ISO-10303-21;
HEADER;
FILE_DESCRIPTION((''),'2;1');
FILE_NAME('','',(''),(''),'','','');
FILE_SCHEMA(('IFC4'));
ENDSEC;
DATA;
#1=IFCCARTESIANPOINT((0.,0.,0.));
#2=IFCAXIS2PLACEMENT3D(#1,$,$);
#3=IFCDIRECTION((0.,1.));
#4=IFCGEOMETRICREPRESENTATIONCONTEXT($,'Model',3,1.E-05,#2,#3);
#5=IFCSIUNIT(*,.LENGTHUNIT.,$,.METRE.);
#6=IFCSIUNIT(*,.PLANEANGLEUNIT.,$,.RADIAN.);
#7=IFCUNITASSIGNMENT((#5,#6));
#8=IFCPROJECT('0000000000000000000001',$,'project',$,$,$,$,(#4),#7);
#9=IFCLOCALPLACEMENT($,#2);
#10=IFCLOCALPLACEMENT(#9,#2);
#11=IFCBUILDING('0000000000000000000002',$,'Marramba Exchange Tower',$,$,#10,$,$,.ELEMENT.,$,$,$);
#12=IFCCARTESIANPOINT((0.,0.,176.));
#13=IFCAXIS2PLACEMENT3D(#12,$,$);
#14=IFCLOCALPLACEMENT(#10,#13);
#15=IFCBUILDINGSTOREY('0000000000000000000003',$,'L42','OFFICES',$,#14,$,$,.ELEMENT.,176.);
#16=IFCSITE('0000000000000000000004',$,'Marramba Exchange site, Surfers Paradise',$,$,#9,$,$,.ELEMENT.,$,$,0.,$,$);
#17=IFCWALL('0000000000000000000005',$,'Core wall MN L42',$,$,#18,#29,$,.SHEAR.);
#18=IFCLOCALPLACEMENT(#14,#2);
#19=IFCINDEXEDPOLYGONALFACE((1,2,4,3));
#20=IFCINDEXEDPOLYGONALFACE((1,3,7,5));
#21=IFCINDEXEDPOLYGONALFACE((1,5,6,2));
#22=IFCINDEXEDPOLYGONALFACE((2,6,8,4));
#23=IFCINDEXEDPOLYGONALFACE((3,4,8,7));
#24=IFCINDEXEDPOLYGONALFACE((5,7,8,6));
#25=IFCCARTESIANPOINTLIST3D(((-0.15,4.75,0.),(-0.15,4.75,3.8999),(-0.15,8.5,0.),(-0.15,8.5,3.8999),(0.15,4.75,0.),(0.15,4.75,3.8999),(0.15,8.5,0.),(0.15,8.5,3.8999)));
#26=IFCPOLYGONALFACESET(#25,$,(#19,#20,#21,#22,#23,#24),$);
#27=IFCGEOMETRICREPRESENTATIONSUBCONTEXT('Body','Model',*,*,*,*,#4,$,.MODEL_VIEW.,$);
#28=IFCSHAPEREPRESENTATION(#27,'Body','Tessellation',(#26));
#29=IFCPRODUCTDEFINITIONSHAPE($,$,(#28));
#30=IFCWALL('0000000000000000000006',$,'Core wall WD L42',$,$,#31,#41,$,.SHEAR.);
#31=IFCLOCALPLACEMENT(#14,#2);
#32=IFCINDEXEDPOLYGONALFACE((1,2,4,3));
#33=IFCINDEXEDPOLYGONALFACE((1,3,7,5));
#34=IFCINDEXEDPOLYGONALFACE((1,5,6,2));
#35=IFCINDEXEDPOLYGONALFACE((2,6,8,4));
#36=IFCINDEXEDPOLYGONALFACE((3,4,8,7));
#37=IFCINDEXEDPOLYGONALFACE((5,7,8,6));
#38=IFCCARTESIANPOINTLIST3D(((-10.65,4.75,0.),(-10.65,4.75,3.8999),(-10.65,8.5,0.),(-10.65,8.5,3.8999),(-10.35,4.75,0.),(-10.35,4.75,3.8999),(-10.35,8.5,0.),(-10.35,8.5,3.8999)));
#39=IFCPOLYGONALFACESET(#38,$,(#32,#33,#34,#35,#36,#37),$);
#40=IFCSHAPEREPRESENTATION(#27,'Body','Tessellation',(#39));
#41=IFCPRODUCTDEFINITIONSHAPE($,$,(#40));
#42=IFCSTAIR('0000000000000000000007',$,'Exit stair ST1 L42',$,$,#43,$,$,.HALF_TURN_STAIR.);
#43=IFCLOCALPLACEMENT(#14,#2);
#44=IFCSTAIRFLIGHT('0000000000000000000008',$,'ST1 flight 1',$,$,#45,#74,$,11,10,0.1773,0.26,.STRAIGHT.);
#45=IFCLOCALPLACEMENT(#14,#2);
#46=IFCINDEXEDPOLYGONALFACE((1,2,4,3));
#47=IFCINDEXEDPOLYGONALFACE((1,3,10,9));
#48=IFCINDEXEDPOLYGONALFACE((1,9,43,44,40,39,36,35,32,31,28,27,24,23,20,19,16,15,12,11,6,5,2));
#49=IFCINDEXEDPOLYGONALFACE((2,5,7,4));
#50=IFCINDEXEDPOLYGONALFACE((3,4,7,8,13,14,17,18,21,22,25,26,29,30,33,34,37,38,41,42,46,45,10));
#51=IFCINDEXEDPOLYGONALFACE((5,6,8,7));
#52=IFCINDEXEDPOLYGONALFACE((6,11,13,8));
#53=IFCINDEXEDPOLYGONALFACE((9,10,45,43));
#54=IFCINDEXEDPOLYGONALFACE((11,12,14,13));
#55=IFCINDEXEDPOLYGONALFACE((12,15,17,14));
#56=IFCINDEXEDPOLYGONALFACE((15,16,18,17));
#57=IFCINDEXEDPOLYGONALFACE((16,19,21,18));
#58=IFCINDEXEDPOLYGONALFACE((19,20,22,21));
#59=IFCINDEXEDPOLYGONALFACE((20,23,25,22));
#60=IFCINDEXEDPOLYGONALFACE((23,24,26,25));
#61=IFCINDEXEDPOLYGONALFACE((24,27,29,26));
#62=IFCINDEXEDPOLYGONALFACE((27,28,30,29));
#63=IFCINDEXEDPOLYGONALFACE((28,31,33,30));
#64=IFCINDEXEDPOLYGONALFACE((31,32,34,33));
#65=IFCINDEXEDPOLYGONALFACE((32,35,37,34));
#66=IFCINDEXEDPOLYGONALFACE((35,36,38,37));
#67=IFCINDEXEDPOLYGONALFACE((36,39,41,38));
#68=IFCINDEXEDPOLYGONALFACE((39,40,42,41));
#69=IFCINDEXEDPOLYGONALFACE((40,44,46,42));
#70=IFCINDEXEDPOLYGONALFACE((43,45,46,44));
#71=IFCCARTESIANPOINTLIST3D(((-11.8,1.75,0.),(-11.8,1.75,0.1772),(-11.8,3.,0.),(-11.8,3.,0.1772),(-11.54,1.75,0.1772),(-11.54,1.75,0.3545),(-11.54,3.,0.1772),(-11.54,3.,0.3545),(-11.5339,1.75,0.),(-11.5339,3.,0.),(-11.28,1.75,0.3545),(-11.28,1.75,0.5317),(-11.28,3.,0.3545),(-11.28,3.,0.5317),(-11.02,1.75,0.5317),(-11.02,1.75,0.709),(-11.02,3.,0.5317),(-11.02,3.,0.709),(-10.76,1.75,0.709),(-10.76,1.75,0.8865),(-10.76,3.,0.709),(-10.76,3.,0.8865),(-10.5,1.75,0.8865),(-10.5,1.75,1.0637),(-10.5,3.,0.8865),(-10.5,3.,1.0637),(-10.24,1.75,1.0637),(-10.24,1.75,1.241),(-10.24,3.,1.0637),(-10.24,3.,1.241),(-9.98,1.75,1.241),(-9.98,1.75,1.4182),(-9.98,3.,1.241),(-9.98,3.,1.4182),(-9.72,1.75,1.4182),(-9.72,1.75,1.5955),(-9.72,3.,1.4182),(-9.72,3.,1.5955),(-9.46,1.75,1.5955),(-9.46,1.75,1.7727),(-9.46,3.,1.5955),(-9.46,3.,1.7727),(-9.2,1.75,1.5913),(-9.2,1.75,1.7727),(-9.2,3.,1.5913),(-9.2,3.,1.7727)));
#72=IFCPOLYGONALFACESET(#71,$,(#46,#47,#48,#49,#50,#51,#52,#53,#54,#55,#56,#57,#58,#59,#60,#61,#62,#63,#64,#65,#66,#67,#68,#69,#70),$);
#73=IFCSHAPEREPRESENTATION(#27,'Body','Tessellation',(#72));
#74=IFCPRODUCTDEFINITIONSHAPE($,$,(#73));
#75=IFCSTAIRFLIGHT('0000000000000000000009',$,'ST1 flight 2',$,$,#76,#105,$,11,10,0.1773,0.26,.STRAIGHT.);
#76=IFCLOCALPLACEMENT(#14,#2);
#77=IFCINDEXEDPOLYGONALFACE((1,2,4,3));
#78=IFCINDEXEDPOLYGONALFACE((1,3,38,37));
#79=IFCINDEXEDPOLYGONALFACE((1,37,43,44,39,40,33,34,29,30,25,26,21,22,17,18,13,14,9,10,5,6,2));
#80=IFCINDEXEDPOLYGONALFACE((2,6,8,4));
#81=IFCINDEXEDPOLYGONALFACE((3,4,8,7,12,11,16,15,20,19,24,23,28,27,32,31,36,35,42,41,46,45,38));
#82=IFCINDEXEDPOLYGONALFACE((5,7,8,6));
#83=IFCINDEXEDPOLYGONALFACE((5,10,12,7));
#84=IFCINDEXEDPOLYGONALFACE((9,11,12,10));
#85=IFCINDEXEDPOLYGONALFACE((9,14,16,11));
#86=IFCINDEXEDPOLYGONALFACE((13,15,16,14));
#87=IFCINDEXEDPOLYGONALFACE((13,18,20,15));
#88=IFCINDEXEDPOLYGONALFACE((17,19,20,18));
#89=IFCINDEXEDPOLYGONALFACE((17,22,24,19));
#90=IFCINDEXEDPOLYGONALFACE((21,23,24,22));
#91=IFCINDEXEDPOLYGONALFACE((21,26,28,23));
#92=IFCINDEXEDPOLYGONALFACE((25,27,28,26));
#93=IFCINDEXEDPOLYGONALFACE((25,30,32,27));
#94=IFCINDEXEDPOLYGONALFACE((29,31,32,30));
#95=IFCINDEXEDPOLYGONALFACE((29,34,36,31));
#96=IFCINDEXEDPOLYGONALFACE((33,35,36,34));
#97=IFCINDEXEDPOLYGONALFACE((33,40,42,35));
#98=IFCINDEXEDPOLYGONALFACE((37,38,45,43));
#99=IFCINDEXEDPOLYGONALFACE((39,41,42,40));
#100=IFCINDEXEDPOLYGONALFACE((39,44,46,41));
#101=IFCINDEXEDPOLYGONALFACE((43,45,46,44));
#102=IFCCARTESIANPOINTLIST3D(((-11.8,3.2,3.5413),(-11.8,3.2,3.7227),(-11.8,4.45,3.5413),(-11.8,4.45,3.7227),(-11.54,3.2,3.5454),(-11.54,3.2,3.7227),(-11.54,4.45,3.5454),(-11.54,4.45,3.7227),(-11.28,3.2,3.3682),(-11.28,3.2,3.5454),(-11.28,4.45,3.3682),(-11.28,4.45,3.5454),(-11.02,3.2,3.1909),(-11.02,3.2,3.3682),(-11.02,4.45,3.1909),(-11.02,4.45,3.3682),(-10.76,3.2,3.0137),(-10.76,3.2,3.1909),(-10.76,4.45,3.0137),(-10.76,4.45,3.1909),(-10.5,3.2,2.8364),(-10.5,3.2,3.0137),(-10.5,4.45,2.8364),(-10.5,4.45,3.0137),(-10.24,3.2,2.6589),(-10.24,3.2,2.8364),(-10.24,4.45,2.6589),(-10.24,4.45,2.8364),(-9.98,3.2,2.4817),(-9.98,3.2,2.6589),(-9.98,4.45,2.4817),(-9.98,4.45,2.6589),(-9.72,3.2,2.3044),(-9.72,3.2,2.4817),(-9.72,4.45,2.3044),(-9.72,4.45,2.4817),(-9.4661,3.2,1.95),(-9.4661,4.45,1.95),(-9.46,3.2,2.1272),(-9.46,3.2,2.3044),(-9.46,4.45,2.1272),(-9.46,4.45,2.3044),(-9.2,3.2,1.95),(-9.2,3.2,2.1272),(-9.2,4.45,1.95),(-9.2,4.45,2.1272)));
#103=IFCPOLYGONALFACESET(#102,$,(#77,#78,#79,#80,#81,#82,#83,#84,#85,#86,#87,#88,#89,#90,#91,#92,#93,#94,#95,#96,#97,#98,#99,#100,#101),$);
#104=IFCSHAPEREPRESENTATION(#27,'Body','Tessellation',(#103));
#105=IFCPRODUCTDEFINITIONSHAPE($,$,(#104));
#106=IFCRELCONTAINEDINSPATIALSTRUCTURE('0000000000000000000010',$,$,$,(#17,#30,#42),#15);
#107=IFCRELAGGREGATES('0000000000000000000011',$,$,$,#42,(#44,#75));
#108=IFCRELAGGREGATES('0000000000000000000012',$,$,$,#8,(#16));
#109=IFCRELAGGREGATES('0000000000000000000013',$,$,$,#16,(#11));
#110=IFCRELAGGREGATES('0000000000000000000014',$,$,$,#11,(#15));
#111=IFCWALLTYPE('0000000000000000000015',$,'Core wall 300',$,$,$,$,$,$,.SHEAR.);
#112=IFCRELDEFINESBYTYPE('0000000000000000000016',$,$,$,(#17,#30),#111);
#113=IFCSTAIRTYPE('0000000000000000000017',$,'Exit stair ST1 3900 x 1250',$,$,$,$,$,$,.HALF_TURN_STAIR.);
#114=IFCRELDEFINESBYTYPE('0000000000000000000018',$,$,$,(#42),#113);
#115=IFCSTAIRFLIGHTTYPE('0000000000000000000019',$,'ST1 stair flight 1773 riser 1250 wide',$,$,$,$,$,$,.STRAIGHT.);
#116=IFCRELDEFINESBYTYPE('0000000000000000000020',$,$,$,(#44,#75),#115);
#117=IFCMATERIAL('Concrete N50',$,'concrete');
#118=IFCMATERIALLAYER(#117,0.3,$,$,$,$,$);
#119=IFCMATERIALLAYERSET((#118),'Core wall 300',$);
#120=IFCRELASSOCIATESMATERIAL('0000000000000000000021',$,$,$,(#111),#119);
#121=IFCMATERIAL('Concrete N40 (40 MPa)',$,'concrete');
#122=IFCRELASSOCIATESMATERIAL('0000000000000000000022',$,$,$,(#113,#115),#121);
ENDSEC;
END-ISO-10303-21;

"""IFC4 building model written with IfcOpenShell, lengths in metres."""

from ifc_helpers import new_model, si_unit, direction, frame, frame_2d, origin, place, context, subcontext, project, spatial, polyline, rectangle, outline, extrude, material, layer, layer_set, type_object, element, aggregate, save


model = new_model("IFC4")

# Units and contexts
model_context = context("Model", 3, precision=1e-05, world=origin(), true_north=direction((0.0, 1.0)))
body_context = subcontext(model_context, "Body", "Model", "MODEL_VIEW")
ifc_project = project(units=[si_unit("LENGTHUNIT", "METRE"), si_unit("PLANEANGLEUNIT", "RADIAN")], contexts=[model_context])

# Site, building, storey
site_placement = place(None, origin())
site = spatial("IfcSite", under=ifc_project, at=site_placement, Name="Marramba Exchange site, Surfers Paradise", CompositionType="ELEMENT", RefElevation=0.0)
building_placement = place(site_placement, origin())
building = spatial("IfcBuilding", under=site, at=building_placement, Name="Marramba Exchange Tower", CompositionType="ELEMENT")
storey_placement = place(building_placement, frame((0.0, 0.0, 176.0)))
storey = spatial("IfcBuildingStorey", under=building, at=storey_placement, Name="L42", Description="OFFICES", CompositionType="ELEMENT", Elevation=176.0)

# Shared definitions
ifc_material_1 = material(Name="Concrete N50", Category="concrete")

# Walls
ifc_layer_1 = layer(ifc_material_1, 0.3)
ifc_layer_set_1 = layer_set([ifc_layer_1], Name="Core wall 300")
wall_type_1 = type_object("IfcWallType", Name="Core wall 300", PredefinedType="SHEAR", material=ifc_layer_set_1)
for number, where, z_axis, x_axis, name in (
    (1, (0.0, 4.75, 0.0), (0.0, 0.0, 1.0), (0.0, 1.0, 0.0), "Core wall MN L42"),
    (2, (-10.5, 4.75, 0.0), (0.0, 0.0, 1.0), (0.0, 1.0, 0.0), "Core wall WD L42"),
):
    element("IfcWall", number, at=place(storey_placement, frame(where, z_axis=z_axis, x_axis=x_axis)), inside=storey, type_object=wall_type_1, Name=name, PredefinedType="SHEAR", context=body_context, shape_type="SweptSolid", body=[
        extrude(rectangle(XDim=3.75, YDim=0.3, at=frame_2d((1.875, 0.0))), origin(), (0.0, 0.0, 1.0), 3.8999),
    ])

# Stair, stair flights
ifc_material_2 = material(Name="Concrete N40 (40 MPa)", Category="concrete")
stair_type = type_object("IfcStairType", Name="Exit stair ST1 3900 x 1250", PredefinedType="HALF_TURN_STAIR", material=ifc_material_2)
stair_placement = place(storey_placement, origin())
stair = element("IfcStair", 3, at=stair_placement, inside=storey, type_object=stair_type, Name="Exit stair ST1 L42", PredefinedType="HALF_TURN_STAIR")
stair_flight_type = type_object("IfcStairFlightType", Name="ST1 stair flight 1773 riser 1250 wide", PredefinedType="STRAIGHT", material=ifc_material_2)
stair_flight_1_placement = place(storey_placement, frame((-11.8, 2.375, 0.0), z_axis=(0.0, 0.0, 1.0), x_axis=(1.0, 0.0, 0.0)))
stair_flight_1 = element("IfcStairFlight", 4, at=stair_flight_1_placement, type_object=stair_flight_type, Name="ST1 flight 1", NumberOfRisers=11, NumberOfTreads=10, PredefinedType="STRAIGHT", RiserHeight=0.1773, TreadLength=0.26, context=body_context, shape_type="SweptSolid", body=[
    extrude(outline(polyline([(0.0, 0.0), (0.0, 0.1772), (0.26, 0.1772), (0.26, 0.3545), (0.52, 0.3545), (0.52, 0.5317), (0.78, 0.5317), (0.78, 0.709), (1.04, 0.709), (1.04, 0.8865), (1.3, 0.8865), (1.3, 1.0637), (1.5601, 1.0637), (1.5601, 1.241), (1.8201, 1.241), (1.8201, 1.4182), (2.0801, 1.4182), (2.0801, 1.5955), (2.3401, 1.5955), (2.3401, 1.7727), (2.6001, 1.7727), (2.6001, 1.95), (2.6001, 1.5913), (0.2661, 0.0), (0.0, 0.0)])), frame((0.0, 0.625, 0.0), z_axis=(0.0, -1.0, 0.0), x_axis=(1.0, 0.0, 0.0)), (0.0, 0.0, 1.0), 1.25),
])
stair_flight_2_placement = place(storey_placement, frame((-9.2, 3.825, 1.95), z_axis=(0.0, 0.0, 1.0), x_axis=(-1.0, 0.0, 0.0)))
stair_flight_2 = element("IfcStairFlight", 5, at=stair_flight_2_placement, type_object=stair_flight_type, Name="ST1 flight 2", NumberOfRisers=11, NumberOfTreads=10, PredefinedType="STRAIGHT", RiserHeight=0.1773, TreadLength=0.26, context=body_context, shape_type="SweptSolid", body=[
    extrude(outline(polyline([(0.0, 0.0), (0.0, 0.1772), (0.26, 0.1772), (0.26, 0.3545), (0.52, 0.3545), (0.52, 0.5317), (0.78, 0.5317), (0.78, 0.709), (1.04, 0.709), (1.04, 0.8865), (1.3, 0.8865), (1.3, 1.0637), (1.5601, 1.0637), (1.5601, 1.241), (1.8201, 1.241), (1.8201, 1.4182), (2.0801, 1.4182), (2.0801, 1.5955), (2.3401, 1.5955), (2.3401, 1.7727), (2.6001, 1.7727), (2.6001, 1.95), (2.6001, 1.5913), (0.2661, 0.0), (0.0, 0.0)])), frame((0.0, 0.625, 0.0), z_axis=(0.0, -1.0, 0.0), x_axis=(1.0, 0.0, 0.0)), (0.0, 0.0, 1.0), 1.25),
])
aggregate(stair, [stair_flight_1, stair_flight_2])

save(model, "model.ifc")
